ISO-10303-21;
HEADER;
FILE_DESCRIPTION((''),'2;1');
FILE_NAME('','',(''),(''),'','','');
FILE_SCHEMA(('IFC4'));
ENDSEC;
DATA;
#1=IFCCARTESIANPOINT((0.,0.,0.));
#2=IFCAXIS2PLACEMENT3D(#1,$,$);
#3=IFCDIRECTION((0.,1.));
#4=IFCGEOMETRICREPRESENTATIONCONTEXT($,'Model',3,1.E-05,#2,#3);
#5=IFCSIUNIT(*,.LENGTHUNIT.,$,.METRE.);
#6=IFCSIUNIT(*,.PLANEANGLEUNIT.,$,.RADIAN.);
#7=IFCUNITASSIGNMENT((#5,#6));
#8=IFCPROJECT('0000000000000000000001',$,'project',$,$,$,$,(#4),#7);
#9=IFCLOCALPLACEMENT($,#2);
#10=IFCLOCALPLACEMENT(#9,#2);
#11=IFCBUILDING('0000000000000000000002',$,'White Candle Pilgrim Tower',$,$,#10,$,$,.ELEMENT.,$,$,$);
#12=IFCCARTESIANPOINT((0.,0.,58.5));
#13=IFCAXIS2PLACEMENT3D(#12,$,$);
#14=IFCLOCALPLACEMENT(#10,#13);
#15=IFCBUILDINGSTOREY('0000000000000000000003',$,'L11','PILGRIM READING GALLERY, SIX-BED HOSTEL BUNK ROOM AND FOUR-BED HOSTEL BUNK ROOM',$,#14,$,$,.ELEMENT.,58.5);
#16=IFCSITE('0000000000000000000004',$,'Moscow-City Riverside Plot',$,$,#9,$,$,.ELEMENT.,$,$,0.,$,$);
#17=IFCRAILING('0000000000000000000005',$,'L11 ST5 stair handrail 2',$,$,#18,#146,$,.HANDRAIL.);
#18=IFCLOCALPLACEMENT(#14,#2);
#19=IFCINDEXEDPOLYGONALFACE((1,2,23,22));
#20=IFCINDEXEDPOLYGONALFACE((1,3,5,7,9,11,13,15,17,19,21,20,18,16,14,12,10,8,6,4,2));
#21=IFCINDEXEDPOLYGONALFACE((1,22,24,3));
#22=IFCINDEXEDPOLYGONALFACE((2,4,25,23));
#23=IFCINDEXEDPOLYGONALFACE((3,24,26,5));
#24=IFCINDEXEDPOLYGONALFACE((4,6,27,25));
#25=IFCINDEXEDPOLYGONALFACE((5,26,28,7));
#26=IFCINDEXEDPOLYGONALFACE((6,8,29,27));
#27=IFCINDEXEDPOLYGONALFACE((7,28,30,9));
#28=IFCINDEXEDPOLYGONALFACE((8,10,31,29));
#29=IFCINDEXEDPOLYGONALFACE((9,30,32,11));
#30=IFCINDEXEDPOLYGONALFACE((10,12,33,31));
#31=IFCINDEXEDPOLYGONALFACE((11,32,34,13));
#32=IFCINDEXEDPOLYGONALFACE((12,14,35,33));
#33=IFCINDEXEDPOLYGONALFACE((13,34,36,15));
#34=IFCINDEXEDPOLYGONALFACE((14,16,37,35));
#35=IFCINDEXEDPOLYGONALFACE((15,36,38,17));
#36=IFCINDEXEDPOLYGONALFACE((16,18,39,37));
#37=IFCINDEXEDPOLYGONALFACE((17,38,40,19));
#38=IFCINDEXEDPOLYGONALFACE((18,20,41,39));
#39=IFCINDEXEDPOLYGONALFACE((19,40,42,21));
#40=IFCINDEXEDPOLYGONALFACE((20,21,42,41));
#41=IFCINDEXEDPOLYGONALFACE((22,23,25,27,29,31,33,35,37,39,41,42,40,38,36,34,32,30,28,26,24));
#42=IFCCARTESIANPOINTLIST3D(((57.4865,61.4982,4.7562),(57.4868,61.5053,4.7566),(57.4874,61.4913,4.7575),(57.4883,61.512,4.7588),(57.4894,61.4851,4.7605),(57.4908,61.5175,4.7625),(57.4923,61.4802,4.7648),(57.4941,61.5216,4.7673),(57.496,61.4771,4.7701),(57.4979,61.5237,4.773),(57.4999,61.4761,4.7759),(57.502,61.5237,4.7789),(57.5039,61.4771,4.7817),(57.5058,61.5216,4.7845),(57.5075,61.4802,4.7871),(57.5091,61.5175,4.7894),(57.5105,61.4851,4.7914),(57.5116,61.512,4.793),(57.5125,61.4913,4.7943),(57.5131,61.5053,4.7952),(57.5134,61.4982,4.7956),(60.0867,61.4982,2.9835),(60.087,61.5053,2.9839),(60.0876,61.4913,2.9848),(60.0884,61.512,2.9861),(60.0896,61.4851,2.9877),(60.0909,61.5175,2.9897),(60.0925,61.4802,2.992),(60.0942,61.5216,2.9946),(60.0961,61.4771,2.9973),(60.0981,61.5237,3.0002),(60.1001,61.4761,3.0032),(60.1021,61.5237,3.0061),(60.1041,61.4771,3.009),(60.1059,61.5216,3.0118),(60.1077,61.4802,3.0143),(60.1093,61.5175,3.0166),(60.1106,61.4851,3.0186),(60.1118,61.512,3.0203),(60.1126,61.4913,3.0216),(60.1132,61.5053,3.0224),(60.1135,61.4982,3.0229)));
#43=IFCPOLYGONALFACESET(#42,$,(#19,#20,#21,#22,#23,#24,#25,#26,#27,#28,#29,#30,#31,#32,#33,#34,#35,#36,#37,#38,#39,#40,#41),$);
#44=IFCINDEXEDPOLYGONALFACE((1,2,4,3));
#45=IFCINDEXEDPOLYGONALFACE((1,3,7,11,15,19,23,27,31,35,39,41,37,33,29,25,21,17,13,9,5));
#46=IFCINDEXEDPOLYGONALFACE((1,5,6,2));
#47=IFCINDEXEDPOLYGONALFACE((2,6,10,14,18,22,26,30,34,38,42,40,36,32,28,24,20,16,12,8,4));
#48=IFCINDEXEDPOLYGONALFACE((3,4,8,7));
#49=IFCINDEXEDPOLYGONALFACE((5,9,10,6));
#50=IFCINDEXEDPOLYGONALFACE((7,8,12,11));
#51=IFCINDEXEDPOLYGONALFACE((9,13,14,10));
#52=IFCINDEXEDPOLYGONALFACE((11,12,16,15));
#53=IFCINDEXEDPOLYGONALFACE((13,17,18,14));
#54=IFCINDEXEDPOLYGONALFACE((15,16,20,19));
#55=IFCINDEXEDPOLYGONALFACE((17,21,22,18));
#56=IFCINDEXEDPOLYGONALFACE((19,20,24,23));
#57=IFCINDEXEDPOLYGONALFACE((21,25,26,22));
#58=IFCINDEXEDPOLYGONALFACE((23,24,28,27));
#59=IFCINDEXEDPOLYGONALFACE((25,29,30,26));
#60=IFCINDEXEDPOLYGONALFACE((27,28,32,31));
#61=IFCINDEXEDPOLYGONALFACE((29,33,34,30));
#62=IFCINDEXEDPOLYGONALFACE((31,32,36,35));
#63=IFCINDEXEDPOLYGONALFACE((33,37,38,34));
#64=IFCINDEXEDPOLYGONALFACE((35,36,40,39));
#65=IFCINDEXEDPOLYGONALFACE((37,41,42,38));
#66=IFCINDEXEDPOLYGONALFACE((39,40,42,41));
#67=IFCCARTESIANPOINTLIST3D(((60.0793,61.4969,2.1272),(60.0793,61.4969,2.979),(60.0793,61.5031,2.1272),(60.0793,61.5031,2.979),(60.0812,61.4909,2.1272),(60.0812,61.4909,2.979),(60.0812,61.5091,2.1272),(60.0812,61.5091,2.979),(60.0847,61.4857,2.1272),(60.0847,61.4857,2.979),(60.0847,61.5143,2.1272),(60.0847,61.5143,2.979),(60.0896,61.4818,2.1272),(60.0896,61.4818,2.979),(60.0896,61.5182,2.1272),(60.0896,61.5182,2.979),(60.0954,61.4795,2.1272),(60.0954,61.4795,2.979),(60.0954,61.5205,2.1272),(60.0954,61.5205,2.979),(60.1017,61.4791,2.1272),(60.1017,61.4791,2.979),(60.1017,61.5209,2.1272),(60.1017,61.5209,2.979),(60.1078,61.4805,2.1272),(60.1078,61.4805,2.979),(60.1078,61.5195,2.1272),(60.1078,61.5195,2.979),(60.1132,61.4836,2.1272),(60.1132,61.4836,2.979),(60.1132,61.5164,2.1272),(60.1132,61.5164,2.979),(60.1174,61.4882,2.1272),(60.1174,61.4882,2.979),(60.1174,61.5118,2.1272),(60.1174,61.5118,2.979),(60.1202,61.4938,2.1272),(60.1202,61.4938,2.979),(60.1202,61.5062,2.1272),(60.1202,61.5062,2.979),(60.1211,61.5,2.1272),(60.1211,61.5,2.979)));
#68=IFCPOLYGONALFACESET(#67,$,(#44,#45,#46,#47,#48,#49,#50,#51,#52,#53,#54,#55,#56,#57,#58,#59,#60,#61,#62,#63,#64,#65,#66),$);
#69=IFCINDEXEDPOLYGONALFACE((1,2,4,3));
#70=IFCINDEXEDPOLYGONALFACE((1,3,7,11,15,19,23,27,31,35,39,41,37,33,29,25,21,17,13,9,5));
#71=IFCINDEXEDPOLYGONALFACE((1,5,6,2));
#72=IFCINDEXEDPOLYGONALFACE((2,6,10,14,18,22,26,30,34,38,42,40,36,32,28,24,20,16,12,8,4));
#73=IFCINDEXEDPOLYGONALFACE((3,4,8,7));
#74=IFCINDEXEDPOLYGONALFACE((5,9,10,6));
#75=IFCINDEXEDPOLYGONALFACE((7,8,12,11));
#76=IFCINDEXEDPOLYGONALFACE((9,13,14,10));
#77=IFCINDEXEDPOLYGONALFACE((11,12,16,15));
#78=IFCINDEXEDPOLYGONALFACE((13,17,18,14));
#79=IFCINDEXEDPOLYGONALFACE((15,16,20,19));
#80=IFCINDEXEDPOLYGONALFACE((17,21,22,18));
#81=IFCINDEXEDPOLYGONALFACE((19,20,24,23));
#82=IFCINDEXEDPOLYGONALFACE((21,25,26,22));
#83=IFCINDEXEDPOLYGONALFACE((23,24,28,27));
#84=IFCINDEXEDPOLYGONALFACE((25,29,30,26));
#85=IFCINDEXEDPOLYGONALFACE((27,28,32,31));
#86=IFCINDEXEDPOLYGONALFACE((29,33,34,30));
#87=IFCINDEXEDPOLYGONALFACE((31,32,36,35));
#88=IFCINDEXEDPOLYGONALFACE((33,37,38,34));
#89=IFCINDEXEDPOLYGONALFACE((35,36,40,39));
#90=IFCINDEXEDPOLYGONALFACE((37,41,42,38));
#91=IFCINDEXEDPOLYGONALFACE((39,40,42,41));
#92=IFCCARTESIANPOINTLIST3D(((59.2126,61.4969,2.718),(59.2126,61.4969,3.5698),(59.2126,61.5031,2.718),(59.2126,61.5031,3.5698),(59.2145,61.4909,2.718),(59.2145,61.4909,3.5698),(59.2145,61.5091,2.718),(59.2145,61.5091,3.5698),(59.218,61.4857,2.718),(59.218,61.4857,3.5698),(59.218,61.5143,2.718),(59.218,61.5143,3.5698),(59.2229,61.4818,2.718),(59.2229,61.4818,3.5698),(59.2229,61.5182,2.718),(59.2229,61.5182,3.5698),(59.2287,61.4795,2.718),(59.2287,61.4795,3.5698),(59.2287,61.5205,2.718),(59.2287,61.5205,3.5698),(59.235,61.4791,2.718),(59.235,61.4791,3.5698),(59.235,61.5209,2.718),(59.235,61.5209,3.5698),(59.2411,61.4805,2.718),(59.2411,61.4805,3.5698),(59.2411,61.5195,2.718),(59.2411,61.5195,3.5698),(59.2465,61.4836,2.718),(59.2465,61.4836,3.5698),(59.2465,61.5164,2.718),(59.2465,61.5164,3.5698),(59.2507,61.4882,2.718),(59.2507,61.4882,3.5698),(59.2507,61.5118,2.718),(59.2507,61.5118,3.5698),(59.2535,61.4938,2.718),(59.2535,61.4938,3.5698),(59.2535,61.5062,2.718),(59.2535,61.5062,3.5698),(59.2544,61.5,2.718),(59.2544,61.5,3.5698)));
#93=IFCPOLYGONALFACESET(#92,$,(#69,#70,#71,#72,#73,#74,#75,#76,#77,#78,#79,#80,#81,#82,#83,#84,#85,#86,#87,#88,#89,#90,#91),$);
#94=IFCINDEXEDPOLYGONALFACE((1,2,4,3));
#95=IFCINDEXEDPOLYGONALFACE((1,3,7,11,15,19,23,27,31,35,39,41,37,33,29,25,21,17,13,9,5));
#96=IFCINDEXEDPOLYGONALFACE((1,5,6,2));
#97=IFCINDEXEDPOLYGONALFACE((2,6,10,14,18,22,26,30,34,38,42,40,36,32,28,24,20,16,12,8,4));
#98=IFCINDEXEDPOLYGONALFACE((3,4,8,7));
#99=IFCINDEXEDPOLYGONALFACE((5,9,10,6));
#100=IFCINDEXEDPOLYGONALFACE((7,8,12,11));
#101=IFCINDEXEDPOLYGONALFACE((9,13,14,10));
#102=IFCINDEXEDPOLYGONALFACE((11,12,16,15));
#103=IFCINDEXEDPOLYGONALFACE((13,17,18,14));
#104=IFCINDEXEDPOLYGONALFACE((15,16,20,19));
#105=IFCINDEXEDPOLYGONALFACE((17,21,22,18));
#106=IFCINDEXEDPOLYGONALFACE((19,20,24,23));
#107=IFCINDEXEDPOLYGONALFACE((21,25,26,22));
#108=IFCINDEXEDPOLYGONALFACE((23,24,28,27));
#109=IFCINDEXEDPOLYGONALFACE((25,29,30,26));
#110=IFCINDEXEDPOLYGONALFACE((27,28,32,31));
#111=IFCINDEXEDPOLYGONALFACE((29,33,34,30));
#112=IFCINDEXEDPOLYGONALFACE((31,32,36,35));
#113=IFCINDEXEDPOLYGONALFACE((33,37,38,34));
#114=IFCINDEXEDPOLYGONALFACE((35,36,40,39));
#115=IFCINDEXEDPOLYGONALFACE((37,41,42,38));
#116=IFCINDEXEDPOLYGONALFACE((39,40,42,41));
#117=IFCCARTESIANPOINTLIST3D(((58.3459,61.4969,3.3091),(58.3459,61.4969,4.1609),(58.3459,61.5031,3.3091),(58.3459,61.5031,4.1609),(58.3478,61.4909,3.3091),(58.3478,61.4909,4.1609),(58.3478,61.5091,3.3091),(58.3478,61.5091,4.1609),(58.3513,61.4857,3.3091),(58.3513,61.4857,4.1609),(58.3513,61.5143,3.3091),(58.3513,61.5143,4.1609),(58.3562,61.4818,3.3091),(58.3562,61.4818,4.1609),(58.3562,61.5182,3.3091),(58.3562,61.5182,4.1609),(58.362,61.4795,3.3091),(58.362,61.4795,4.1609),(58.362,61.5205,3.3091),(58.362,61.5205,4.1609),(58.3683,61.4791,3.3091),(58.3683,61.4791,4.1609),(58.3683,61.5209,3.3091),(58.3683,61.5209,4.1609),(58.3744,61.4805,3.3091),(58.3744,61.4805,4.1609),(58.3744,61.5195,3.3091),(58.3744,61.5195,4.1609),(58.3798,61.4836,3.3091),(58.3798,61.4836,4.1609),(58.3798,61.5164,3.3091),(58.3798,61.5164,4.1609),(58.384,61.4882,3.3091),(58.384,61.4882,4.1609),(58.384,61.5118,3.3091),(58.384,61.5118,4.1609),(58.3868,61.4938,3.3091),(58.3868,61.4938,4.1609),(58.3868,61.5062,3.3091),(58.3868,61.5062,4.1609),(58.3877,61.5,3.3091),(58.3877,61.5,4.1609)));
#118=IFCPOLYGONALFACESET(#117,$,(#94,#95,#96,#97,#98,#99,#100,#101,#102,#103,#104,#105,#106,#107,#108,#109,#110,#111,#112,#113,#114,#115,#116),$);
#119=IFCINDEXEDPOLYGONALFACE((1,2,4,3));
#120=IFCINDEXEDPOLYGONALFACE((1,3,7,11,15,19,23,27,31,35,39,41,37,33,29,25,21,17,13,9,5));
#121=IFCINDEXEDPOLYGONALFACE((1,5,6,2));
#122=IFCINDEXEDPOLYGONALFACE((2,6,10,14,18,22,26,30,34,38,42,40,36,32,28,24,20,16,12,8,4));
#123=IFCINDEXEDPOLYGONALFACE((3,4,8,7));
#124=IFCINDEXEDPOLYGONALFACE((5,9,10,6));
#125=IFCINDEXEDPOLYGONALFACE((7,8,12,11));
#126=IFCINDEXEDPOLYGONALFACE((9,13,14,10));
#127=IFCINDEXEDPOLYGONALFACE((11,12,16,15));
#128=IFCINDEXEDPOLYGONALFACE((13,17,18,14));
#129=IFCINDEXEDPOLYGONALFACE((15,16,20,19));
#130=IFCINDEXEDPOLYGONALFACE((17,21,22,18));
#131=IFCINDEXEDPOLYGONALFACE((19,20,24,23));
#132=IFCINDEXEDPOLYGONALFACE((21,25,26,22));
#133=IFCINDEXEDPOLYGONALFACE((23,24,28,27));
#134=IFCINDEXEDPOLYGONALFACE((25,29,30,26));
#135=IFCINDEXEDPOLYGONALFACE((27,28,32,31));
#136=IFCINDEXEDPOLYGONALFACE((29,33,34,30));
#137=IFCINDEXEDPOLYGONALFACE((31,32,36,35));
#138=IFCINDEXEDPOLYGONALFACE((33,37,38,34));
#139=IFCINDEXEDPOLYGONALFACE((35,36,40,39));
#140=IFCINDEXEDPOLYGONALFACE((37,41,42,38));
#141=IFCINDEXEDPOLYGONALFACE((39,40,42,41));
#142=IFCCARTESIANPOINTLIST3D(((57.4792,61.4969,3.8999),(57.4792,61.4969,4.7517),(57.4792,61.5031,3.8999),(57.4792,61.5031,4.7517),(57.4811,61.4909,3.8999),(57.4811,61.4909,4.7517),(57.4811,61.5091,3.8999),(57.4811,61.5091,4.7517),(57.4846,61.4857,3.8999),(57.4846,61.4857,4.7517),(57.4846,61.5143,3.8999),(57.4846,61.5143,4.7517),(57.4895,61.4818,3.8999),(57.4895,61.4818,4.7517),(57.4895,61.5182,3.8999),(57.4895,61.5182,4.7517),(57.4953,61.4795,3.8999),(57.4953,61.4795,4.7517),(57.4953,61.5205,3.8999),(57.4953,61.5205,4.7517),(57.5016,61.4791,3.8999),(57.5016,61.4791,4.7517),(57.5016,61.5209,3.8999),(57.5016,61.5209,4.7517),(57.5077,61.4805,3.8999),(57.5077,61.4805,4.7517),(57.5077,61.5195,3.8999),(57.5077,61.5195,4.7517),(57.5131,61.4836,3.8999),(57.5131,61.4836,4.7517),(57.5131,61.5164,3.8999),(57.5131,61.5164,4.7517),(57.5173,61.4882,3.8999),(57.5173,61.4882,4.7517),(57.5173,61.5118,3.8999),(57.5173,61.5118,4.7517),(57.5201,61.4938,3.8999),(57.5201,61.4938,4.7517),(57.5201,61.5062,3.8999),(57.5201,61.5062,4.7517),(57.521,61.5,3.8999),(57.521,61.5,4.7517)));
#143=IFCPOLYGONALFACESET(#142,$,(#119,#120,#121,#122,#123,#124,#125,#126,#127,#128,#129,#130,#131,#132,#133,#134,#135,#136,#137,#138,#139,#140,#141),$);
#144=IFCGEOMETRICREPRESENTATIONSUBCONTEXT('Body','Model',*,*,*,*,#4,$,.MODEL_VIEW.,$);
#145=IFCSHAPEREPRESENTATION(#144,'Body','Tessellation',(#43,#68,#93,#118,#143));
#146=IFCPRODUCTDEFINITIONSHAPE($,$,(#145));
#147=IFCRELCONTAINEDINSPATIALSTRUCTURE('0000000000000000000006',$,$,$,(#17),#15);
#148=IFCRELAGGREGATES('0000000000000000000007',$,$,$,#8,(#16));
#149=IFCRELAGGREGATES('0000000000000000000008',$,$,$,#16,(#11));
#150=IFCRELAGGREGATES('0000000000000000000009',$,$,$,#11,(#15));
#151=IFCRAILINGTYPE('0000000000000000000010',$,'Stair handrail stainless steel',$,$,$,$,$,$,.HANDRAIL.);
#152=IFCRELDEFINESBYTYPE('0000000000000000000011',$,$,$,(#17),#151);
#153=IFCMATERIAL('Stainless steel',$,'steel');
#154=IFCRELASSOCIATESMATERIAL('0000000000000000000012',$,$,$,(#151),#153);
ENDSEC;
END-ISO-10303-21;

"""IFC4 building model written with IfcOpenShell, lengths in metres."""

from ifc_helpers import new_model, si_unit, direction, frame, origin, origin_2d, place, context, subcontext, project, spatial, circle, extrude, material, type_object, element, save


model = new_model("IFC4")

# Units and contexts
model_context = context("Model", 3, precision=1e-05, world=origin(), true_north=direction((0.0, 1.0)))
body_context = subcontext(model_context, "Body", "Model", "MODEL_VIEW")
ifc_project = project(units=[si_unit("LENGTHUNIT", "METRE"), si_unit("PLANEANGLEUNIT", "RADIAN")], contexts=[model_context])

# Site, building, storey
site_placement = place(None, origin())
site = spatial("IfcSite", under=ifc_project, at=site_placement, Name="Moscow-City Riverside Plot", CompositionType="ELEMENT", RefElevation=0.0)
building_placement = place(site_placement, origin())
building = spatial("IfcBuilding", under=site, at=building_placement, Name="White Candle Pilgrim Tower", CompositionType="ELEMENT")
storey_placement = place(building_placement, frame((0.0, 0.0, 58.5)))
storey = spatial("IfcBuildingStorey", under=building, at=storey_placement, Name="L11", Description="PILGRIM READING GALLERY, SIX-BED HOSTEL BUNK ROOM AND FOUR-BED HOSTEL BUNK ROOM", CompositionType="ELEMENT", Elevation=58.5)

# Railing
ifc_material_1 = material(Name="Stainless steel", Category="steel")
railing_type_1 = type_object("IfcRailingType", Name="Stair handrail stainless steel", PredefinedType="HANDRAIL", material=ifc_material_1)
railing_1_placement = place(storey_placement, frame((60.1001, 61.5, 2.1272)))
element("IfcRailing", 1, at=railing_1_placement, inside=storey, type_object=railing_type_1, Name="L11 ST5 stair handrail 2", PredefinedType="HANDRAIL", context=body_context, shape_type="SweptSolid", body=[
    extrude(circle(Radius=0.0239, at=origin_2d()), frame((0.0, 0.0, 0.876), z_axis=(-0.82624, 0.0, 0.563318), x_axis=(0.0, -1.0, 0.0)), (0.0, 0.0, 1.0), 3.147),
    extrude(circle(Radius=0.021, at=origin_2d()), origin(), (0.0, 0.0, 1.0), 0.8518),
    extrude(circle(Radius=0.021, at=origin_2d()), frame((-0.8667, 0.0, 0.5908)), (0.0, 0.0, 1.0), 0.8518),
    extrude(circle(Radius=0.021, at=origin_2d()), frame((-1.7334, 0.0, 1.1819)), (0.0, 0.0, 1.0), 0.8518),
    extrude(circle(Radius=0.021, at=origin_2d()), frame((-2.6001, 0.0, 1.7727)), (0.0, 0.0, 1.0), 0.8518),
])

save(model, "model.ifc")
